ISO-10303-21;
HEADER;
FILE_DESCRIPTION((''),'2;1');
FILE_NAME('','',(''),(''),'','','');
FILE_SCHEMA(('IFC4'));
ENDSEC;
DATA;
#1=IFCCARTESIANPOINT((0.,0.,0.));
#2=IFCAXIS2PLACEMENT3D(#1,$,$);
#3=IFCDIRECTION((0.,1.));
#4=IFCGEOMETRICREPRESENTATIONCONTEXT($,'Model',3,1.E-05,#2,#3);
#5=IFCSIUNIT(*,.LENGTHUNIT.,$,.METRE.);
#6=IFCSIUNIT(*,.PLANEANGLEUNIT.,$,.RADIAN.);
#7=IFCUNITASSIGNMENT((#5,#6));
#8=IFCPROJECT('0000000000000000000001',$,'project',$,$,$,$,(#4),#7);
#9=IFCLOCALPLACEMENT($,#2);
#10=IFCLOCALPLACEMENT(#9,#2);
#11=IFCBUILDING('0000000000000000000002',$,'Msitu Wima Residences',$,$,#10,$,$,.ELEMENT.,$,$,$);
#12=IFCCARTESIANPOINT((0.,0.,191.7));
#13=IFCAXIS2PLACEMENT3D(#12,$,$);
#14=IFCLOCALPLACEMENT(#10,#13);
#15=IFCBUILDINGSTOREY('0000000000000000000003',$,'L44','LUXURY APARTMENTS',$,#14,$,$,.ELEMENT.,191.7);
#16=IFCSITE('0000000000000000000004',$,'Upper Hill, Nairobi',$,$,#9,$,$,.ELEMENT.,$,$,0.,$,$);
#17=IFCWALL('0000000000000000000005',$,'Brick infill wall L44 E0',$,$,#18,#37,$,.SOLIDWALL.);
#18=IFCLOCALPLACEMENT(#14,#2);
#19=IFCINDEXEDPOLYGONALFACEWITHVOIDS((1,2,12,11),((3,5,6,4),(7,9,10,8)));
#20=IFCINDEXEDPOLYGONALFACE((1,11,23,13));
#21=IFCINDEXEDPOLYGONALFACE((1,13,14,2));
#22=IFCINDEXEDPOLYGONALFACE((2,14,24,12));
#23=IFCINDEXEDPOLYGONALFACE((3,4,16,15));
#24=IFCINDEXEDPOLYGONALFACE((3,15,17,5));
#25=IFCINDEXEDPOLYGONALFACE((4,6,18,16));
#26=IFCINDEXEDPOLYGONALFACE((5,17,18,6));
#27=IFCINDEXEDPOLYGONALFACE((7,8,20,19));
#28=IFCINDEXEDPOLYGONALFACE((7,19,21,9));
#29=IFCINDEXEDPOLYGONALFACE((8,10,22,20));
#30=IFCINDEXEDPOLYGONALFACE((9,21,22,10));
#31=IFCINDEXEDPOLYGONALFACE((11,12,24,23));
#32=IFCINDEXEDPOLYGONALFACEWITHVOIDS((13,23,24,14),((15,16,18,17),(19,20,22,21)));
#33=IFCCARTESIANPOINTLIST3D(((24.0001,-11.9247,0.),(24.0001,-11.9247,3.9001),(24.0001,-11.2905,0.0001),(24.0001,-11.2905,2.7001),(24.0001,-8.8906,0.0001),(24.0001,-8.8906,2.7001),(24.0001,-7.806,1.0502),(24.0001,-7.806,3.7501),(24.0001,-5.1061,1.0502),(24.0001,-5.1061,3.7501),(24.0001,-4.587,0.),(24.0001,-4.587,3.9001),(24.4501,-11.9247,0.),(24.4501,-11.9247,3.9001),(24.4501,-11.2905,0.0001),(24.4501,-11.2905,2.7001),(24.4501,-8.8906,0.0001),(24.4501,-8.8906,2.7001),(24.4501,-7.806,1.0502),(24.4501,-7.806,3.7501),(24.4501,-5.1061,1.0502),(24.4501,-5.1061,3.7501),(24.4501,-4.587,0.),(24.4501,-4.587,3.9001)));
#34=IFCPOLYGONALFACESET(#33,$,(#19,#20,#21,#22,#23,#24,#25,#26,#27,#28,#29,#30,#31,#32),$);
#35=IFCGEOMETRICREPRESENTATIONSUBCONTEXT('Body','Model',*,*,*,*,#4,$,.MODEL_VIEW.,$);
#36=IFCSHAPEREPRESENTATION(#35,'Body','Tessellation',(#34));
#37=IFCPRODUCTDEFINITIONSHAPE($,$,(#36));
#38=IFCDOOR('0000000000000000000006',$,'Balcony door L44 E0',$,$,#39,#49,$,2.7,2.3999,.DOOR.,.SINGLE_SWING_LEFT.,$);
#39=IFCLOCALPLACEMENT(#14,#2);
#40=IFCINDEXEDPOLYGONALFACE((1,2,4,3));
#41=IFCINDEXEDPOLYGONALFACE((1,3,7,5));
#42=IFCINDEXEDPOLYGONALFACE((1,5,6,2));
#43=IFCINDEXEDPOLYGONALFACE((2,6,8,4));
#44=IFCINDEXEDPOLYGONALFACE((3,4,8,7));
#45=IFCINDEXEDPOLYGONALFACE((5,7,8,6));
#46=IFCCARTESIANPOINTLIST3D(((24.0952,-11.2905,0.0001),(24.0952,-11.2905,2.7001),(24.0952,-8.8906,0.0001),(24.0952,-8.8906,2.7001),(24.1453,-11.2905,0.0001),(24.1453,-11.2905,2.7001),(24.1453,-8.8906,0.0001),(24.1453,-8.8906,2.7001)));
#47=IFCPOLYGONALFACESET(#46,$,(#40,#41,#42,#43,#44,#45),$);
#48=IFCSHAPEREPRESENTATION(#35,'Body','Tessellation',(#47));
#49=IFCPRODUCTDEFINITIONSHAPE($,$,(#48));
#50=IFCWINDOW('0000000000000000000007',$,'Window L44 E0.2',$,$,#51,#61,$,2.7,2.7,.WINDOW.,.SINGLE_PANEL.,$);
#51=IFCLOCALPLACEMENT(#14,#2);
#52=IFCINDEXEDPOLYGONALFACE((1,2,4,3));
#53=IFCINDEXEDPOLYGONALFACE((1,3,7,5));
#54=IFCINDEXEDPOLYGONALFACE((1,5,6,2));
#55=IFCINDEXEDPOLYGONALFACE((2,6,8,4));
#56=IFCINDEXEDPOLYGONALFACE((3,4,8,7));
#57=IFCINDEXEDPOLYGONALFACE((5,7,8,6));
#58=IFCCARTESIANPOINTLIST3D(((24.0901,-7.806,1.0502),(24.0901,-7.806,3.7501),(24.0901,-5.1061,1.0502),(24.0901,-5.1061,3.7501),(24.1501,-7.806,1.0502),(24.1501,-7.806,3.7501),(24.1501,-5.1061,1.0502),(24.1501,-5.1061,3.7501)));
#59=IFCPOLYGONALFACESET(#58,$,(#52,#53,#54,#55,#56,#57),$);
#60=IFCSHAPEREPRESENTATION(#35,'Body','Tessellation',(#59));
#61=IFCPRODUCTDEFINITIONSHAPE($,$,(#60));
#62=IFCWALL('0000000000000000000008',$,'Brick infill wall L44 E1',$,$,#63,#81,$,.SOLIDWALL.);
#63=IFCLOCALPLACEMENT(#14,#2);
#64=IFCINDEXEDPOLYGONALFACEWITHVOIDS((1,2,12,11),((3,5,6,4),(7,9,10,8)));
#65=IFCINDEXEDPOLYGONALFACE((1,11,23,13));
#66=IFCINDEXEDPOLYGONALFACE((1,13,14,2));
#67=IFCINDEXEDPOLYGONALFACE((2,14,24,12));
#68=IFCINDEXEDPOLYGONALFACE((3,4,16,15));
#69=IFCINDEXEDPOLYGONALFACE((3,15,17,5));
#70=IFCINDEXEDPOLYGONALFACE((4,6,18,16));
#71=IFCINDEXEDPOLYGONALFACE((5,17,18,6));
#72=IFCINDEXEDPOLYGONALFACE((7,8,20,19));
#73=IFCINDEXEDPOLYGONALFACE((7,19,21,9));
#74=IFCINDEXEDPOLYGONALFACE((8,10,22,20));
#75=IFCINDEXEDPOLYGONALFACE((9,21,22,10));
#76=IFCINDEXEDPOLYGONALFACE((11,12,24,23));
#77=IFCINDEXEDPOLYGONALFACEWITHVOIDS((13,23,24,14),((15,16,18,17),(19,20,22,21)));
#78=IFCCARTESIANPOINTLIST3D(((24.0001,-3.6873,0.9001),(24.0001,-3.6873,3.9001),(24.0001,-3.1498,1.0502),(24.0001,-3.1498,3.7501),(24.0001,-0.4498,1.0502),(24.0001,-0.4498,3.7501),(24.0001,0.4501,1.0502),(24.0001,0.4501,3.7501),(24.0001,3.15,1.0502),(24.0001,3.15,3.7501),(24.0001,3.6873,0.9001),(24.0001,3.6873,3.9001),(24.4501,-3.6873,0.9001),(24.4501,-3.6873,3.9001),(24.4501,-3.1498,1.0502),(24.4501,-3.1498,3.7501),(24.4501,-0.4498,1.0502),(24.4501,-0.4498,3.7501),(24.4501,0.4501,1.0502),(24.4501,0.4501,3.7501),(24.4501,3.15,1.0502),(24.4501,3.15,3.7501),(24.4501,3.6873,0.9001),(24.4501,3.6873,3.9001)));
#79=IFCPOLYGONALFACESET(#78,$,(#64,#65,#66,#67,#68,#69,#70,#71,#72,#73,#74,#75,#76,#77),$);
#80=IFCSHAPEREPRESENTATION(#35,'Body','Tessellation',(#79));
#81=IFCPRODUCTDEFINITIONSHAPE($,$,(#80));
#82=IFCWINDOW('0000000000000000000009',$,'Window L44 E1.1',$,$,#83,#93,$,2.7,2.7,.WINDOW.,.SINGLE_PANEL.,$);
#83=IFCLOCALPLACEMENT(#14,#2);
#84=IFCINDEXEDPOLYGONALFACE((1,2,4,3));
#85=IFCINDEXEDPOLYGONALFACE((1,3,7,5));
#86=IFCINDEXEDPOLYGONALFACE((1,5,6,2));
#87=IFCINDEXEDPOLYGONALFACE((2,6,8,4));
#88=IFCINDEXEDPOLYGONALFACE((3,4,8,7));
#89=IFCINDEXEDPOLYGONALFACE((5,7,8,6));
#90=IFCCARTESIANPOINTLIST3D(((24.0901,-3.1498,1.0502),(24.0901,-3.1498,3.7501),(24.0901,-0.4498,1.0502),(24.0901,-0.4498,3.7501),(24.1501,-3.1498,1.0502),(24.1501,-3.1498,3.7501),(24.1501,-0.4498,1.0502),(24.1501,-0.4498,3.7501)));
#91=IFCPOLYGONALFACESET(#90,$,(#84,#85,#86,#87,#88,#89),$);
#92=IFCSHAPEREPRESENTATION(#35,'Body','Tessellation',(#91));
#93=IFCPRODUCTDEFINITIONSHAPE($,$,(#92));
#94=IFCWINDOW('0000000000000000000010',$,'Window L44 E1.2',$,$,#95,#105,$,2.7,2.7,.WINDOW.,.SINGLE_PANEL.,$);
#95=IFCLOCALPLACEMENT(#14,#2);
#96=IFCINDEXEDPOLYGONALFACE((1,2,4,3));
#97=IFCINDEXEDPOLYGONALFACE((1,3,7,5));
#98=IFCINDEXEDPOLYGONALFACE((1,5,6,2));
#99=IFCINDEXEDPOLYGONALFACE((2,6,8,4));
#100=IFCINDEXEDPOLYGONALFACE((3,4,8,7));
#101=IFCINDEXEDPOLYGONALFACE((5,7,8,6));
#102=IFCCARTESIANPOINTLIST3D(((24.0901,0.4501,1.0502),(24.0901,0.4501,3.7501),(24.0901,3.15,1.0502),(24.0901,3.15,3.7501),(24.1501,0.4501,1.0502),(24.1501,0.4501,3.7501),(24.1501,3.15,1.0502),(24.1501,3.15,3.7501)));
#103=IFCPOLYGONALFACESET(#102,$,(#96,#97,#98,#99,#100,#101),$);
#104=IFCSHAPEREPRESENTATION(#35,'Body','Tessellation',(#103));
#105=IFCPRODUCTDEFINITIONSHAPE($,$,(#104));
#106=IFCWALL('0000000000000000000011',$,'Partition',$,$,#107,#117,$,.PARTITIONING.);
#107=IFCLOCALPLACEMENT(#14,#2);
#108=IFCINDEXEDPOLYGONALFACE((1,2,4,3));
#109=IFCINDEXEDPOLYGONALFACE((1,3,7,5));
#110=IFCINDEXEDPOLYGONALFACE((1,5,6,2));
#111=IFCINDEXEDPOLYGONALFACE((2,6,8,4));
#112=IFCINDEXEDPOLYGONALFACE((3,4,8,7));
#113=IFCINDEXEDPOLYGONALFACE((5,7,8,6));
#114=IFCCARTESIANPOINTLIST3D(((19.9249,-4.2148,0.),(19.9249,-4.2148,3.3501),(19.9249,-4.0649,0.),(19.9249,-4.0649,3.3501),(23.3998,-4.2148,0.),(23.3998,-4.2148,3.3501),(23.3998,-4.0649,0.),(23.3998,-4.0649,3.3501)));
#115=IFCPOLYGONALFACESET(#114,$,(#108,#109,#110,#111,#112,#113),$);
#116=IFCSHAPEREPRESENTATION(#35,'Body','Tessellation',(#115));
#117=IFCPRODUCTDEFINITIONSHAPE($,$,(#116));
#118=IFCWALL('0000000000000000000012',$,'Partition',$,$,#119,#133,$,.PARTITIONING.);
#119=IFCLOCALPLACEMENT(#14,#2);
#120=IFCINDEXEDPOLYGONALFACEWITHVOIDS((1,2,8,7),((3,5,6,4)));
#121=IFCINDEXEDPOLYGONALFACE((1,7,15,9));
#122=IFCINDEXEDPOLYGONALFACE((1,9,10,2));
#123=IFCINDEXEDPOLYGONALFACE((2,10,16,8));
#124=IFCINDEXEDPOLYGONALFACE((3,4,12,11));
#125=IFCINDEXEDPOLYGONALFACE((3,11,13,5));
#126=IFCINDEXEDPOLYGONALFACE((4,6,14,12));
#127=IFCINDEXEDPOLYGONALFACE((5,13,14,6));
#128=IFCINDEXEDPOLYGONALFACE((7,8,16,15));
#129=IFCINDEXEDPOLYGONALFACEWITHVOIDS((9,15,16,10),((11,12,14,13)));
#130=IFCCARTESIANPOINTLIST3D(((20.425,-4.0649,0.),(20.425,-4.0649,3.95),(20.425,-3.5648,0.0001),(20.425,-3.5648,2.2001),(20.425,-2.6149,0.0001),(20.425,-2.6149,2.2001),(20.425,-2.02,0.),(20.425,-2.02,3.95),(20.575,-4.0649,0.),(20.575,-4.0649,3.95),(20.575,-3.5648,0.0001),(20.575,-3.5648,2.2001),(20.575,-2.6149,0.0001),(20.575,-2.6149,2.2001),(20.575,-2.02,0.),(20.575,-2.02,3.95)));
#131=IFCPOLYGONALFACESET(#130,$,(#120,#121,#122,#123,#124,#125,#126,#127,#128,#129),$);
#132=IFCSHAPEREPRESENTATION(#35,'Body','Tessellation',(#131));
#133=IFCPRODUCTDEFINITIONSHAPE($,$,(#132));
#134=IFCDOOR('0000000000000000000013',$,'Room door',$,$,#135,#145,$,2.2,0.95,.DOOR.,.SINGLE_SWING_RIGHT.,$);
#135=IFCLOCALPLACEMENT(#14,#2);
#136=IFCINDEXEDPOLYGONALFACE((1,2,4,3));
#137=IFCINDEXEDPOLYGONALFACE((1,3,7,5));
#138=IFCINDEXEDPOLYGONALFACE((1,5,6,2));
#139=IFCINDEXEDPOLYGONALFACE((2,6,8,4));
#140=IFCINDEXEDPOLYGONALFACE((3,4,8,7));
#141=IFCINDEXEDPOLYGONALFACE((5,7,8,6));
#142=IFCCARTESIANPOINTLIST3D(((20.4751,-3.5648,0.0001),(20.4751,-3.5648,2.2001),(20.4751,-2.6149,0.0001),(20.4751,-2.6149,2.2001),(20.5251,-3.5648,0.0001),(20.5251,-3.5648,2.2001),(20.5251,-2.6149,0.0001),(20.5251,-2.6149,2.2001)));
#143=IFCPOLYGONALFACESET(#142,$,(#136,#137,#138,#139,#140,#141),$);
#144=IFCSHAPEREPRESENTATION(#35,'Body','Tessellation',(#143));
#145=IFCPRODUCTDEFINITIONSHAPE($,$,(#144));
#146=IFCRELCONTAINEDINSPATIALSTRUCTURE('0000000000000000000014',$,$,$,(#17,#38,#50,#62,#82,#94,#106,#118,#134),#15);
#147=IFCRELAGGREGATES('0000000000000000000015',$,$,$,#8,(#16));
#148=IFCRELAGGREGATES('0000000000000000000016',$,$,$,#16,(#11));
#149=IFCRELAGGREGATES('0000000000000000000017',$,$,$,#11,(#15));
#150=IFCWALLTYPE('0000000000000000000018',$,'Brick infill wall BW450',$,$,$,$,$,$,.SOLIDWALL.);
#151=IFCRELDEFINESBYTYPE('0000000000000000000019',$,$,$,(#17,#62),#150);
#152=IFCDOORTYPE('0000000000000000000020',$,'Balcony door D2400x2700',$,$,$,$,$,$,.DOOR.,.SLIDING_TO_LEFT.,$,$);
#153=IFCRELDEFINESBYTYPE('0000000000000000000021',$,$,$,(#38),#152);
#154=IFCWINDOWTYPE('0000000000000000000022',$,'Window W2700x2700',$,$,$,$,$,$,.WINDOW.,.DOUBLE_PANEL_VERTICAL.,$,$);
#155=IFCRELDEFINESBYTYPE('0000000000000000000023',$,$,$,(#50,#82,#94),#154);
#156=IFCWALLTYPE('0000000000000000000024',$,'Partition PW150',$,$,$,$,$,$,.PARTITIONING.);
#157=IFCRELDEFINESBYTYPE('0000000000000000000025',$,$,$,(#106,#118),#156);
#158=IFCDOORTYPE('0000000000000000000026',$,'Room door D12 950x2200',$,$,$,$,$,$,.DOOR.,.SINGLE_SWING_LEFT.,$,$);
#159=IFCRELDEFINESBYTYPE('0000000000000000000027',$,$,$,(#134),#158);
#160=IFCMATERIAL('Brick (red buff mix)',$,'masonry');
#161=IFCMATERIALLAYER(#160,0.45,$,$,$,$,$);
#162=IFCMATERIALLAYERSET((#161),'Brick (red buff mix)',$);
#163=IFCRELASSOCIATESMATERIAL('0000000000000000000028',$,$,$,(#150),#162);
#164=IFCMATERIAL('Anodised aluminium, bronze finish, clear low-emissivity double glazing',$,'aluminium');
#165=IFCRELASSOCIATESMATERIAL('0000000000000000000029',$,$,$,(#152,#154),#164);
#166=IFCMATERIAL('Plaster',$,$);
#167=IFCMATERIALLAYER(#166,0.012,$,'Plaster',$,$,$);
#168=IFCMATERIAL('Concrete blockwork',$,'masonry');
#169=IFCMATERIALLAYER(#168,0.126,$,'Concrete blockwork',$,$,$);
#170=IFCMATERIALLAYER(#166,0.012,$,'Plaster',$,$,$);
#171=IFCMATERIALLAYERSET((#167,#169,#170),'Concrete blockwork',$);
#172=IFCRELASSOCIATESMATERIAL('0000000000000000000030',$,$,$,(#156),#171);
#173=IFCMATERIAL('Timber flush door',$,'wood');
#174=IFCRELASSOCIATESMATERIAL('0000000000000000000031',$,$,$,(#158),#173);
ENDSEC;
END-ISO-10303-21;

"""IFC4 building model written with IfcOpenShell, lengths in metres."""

from ifc_helpers import new_model, si_unit, direction, frame, frame_2d, origin, place, context, subcontext, project, spatial, rectangle, extrude, material, layer, layer_set, type_object, element, fill, save


model = new_model("IFC4")

# Units and contexts
model_context = context("Model", 3, precision=1e-05, world=origin(), true_north=direction((0.0, 1.0)))
body_context = subcontext(model_context, "Body", "Model", "MODEL_VIEW")
ifc_project = project(units=[si_unit("LENGTHUNIT", "METRE"), si_unit("PLANEANGLEUNIT", "RADIAN")], contexts=[model_context])

# Site, building, storey
site_placement = place(None, origin())
site = spatial("IfcSite", under=ifc_project, at=site_placement, Name="Upper Hill, Nairobi", CompositionType="ELEMENT", RefElevation=0.0)
building_placement = place(site_placement, origin())
building = spatial("IfcBuilding", under=site, at=building_placement, Name="Msitu Wima Residences", CompositionType="ELEMENT")
storey_placement = place(building_placement, frame((0.0, 0.0, 191.7)))
storey = spatial("IfcBuildingStorey", under=building, at=storey_placement, Name="L44", Description="LUXURY APARTMENTS", CompositionType="ELEMENT", Elevation=191.7)

# Wall, openings, door, window
ifc_material_1 = material(Name="Brick (red buff mix)", Category="masonry")
ifc_layer_1 = layer(ifc_material_1, 0.45)
ifc_layer_set_1 = layer_set([ifc_layer_1], Name="Brick (red buff mix)")
wall_type_1 = type_object("IfcWallType", Name="Brick infill wall BW450", PredefinedType="SOLIDWALL", material=ifc_layer_set_1)
wall_1_placement = place(storey_placement, frame((24.2251, -11.9248, 0.0), z_axis=(0.0, 0.0, 1.0), x_axis=(0.0, 1.0, 0.0)))
wall_1 = element("IfcWall", 1, at=wall_1_placement, inside=storey, type_object=wall_type_1, Name="Brick infill wall L44 E0", PredefinedType="SOLIDWALL", context=body_context, shape_type="SweptSolid", body=[
    extrude(rectangle(XDim=7.3376, YDim=0.45, at=frame_2d((3.6689, 0.0))), origin(), (0.0, 0.0, 1.0), 3.9001),
])
opening_1_placement = place(wall_1_placement, frame((0.6343, 0.0, 0.0)))
opening_1 = element("IfcOpeningElement", 2, at=opening_1_placement, cuts=wall_1, PredefinedType="OPENING", context=body_context, shape_type="SweptSolid", body=[
    extrude(rectangle(XDim=2.3999, YDim=2.7, at=frame_2d((1.2, 1.3501))), frame((0.0, 0.2349, 0.0), z_axis=(0.0, -1.0, 0.0), x_axis=(1.0, 0.0, 0.0)), (0.0, 0.0, 1.0), 0.47),
])
opening_2_placement = place(wall_1_placement, frame((4.1187, 0.0, 1.05)))
opening_2 = element("IfcOpeningElement", 3, at=opening_2_placement, cuts=wall_1, PredefinedType="OPENING", context=body_context, shape_type="SweptSolid", body=[
    extrude(rectangle(XDim=2.7, YDim=2.7, at=frame_2d((1.3501, 1.3501))), frame((0.0, 0.2349, 0.0), z_axis=(0.0, -1.0, 0.0), x_axis=(1.0, 0.0, 0.0)), (0.0, 0.0, 1.0), 0.47),
])
ifc_material_2 = material(Name="Anodised aluminium, bronze finish, clear low-emissivity double glazing", Category="aluminium")
door_type_1 = type_object("IfcDoorType", Name="Balcony door D2400x2700", OperationType="SLIDING_TO_LEFT", PredefinedType="DOOR", material=ifc_material_2)
door_1_placement = place(opening_1_placement, origin())
door_1 = element("IfcDoor", 4, at=door_1_placement, inside=storey, type_object=door_type_1, Name="Balcony door L44 E0", OperationType="SINGLE_SWING_LEFT", OverallHeight=2.7, OverallWidth=2.3999, PredefinedType="DOOR", context=body_context, shape_type="SweptSolid", body=[
    extrude(rectangle(XDim=2.3999, YDim=2.7, at=frame_2d((1.2, 1.3501))), frame((0.0, 0.1299, 0.0), z_axis=(0.0, -1.0, 0.0), x_axis=(1.0, 0.0, 0.0)), (0.0, 0.0, 1.0), 0.05),
])
fill(opening_1, door_1)
window_type = type_object("IfcWindowType", Name="Window W2700x2700", PartitioningType="DOUBLE_PANEL_VERTICAL", PredefinedType="WINDOW", material=ifc_material_2)
window_1_placement = place(opening_2_placement, origin())
window_1 = element("IfcWindow", 5, at=window_1_placement, inside=storey, type_object=window_type, Name="Window L44 E0.2", OverallHeight=2.7, OverallWidth=2.7, PartitioningType="SINGLE_PANEL", PredefinedType="WINDOW", context=body_context, shape_type="SweptSolid", body=[
    extrude(rectangle(XDim=2.7, YDim=2.7, at=frame_2d((1.3501, 1.3501))), frame((0.0, 0.135, 0.0), z_axis=(0.0, -1.0, 0.0), x_axis=(1.0, 0.0, 0.0)), (0.0, 0.0, 1.0), 0.0601),
])
fill(opening_2, window_1)

# Wall, openings, windows
wall_2_placement = place(storey_placement, frame((24.2251, -3.6873, 0.9001), z_axis=(0.0, 0.0, 1.0), x_axis=(0.0, 1.0, 0.0)))
wall_2 = element("IfcWall", 6, at=wall_2_placement, inside=storey, type_object=wall_type_1, Name="Brick infill wall L44 E1", PredefinedType="SOLIDWALL", context=body_context, shape_type="SweptSolid", body=[
    extrude(rectangle(XDim=7.3745, YDim=0.45, at=frame_2d((3.6873, 0.0))), origin(), (0.0, 0.0, 1.0), 3.0),
])
opening_3_placement = place(wall_2_placement, frame((0.5374, 0.0, 0.1499)))
opening_3 = element("IfcOpeningElement", 7, at=opening_3_placement, cuts=wall_2, PredefinedType="OPENING", context=body_context, shape_type="SweptSolid", body=[
    extrude(rectangle(XDim=2.7, YDim=2.7, at=frame_2d((1.3501, 1.3501))), frame((0.0, 0.2349, 0.0), z_axis=(0.0, -1.0, 0.0), x_axis=(1.0, 0.0, 0.0)), (0.0, 0.0, 1.0), 0.47),
])
opening_4_placement = place(wall_2_placement, frame((4.1372, 0.0, 0.1499)))
opening_4 = element("IfcOpeningElement", 8, at=opening_4_placement, cuts=wall_2, PredefinedType="OPENING", context=body_context, shape_type="SweptSolid", body=[
    extrude(rectangle(XDim=2.7, YDim=2.7, at=frame_2d((1.3501, 1.3501))), frame((0.0, 0.2349, 0.0), z_axis=(0.0, -1.0, 0.0), x_axis=(1.0, 0.0, 0.0)), (0.0, 0.0, 1.0), 0.47),
])
window_2_placement = place(opening_3_placement, origin())
window_2 = element("IfcWindow", 9, at=window_2_placement, inside=storey, type_object=window_type, Name="Window L44 E1.1", OverallHeight=2.7, OverallWidth=2.7, PartitioningType="SINGLE_PANEL", PredefinedType="WINDOW", context=body_context, shape_type="SweptSolid", body=[
    extrude(rectangle(XDim=2.7, YDim=2.7, at=frame_2d((1.3501, 1.3501))), frame((0.0, 0.135, 0.0), z_axis=(0.0, -1.0, 0.0), x_axis=(1.0, 0.0, 0.0)), (0.0, 0.0, 1.0), 0.0601),
])
fill(opening_3, window_2)
window_3_placement = place(opening_4_placement, origin())
window_3 = element("IfcWindow", 10, at=window_3_placement, inside=storey, type_object=window_type, Name="Window L44 E1.2", OverallHeight=2.7, OverallWidth=2.7, PartitioningType="SINGLE_PANEL", PredefinedType="WINDOW", context=body_context, shape_type="SweptSolid", body=[
    extrude(rectangle(XDim=2.7, YDim=2.7, at=frame_2d((1.3501, 1.3501))), frame((0.0, 0.135, 0.0), z_axis=(0.0, -1.0, 0.0), x_axis=(1.0, 0.0, 0.0)), (0.0, 0.0, 1.0), 0.0601),
])
fill(opening_4, window_3)

# Wall
ifc_material_3 = material(Name="Plaster")
ifc_layer_2 = layer(ifc_material_3, 0.012, Name="Plaster")
ifc_material_4 = material(Name="Concrete blockwork", Category="masonry")
ifc_layer_3 = layer(ifc_material_4, 0.126, Name="Concrete blockwork")
ifc_layer_4 = layer(ifc_material_3, 0.012, Name="Plaster")
ifc_layer_set_2 = layer_set([ifc_layer_2, ifc_layer_3, ifc_layer_4], Name="Concrete blockwork")
wall_type_2 = type_object("IfcWallType", Name="Partition PW150", PredefinedType="PARTITIONING", material=ifc_layer_set_2)
wall_3_placement = place(storey_placement, frame((19.925, -4.1399, 0.0), z_axis=(0.0, 0.0, 1.0), x_axis=(1.0, 0.0, 0.0)))
element("IfcWall", 11, at=wall_3_placement, inside=storey, type_object=wall_type_2, Name="Partition", PredefinedType="PARTITIONING", context=body_context, shape_type="SweptSolid", body=[
    extrude(rectangle(XDim=3.4749, YDim=0.1499, at=frame_2d((1.7373, 0.0))), origin(), (0.0, 0.0, 1.0), 3.3501),
])

# Wall, opening, door
wall_4_placement = place(storey_placement, frame((20.5, -4.0649, 0.0), z_axis=(0.0, 0.0, 1.0), x_axis=(0.0, 1.0, 0.0)))
wall_4 = element("IfcWall", 12, at=wall_4_placement, inside=storey, type_object=wall_type_2, Name="Partition", PredefinedType="PARTITIONING", context=body_context, shape_type="SweptSolid", body=[
    extrude(rectangle(XDim=2.0449, YDim=0.1499, at=frame_2d((1.0225, 0.0))), origin(), (0.0, 0.0, 1.0), 3.95),
])
opening_5_placement = place(wall_4_placement, frame((0.5, 0.0, 0.0)))
opening_5 = element("IfcOpeningElement", 13, at=opening_5_placement, cuts=wall_4, PredefinedType="OPENING", context=body_context, shape_type="SweptSolid", body=[
    extrude(rectangle(XDim=0.95, YDim=2.2, at=frame_2d((0.4751, 1.1001))), frame((0.0, 0.085, 0.0), z_axis=(0.0, -1.0, 0.0), x_axis=(1.0, 0.0, 0.0)), (0.0, 0.0, 1.0), 0.1699),
])
ifc_material_5 = material(Name="Timber flush door", Category="wood")
door_type_2 = type_object("IfcDoorType", Name="Room door D12 950x2200", OperationType="SINGLE_SWING_LEFT", PredefinedType="DOOR", material=ifc_material_5)
door_2_placement = place(opening_5_placement, origin())
door_2 = element("IfcDoor", 14, at=door_2_placement, inside=storey, type_object=door_type_2, Name="Room door", OperationType="SINGLE_SWING_RIGHT", OverallHeight=2.2, OverallWidth=0.95, PredefinedType="DOOR", context=body_context, shape_type="SweptSolid", body=[
    extrude(rectangle(XDim=0.95, YDim=2.2, at=frame_2d((0.4751, 1.1001))), frame((0.0, 0.0249, 0.0), z_axis=(0.0, -1.0, 0.0), x_axis=(1.0, 0.0, 0.0)), (0.0, 0.0, 1.0), 0.05),
])
fill(opening_5, door_2)

save(model, "model.ifc")
